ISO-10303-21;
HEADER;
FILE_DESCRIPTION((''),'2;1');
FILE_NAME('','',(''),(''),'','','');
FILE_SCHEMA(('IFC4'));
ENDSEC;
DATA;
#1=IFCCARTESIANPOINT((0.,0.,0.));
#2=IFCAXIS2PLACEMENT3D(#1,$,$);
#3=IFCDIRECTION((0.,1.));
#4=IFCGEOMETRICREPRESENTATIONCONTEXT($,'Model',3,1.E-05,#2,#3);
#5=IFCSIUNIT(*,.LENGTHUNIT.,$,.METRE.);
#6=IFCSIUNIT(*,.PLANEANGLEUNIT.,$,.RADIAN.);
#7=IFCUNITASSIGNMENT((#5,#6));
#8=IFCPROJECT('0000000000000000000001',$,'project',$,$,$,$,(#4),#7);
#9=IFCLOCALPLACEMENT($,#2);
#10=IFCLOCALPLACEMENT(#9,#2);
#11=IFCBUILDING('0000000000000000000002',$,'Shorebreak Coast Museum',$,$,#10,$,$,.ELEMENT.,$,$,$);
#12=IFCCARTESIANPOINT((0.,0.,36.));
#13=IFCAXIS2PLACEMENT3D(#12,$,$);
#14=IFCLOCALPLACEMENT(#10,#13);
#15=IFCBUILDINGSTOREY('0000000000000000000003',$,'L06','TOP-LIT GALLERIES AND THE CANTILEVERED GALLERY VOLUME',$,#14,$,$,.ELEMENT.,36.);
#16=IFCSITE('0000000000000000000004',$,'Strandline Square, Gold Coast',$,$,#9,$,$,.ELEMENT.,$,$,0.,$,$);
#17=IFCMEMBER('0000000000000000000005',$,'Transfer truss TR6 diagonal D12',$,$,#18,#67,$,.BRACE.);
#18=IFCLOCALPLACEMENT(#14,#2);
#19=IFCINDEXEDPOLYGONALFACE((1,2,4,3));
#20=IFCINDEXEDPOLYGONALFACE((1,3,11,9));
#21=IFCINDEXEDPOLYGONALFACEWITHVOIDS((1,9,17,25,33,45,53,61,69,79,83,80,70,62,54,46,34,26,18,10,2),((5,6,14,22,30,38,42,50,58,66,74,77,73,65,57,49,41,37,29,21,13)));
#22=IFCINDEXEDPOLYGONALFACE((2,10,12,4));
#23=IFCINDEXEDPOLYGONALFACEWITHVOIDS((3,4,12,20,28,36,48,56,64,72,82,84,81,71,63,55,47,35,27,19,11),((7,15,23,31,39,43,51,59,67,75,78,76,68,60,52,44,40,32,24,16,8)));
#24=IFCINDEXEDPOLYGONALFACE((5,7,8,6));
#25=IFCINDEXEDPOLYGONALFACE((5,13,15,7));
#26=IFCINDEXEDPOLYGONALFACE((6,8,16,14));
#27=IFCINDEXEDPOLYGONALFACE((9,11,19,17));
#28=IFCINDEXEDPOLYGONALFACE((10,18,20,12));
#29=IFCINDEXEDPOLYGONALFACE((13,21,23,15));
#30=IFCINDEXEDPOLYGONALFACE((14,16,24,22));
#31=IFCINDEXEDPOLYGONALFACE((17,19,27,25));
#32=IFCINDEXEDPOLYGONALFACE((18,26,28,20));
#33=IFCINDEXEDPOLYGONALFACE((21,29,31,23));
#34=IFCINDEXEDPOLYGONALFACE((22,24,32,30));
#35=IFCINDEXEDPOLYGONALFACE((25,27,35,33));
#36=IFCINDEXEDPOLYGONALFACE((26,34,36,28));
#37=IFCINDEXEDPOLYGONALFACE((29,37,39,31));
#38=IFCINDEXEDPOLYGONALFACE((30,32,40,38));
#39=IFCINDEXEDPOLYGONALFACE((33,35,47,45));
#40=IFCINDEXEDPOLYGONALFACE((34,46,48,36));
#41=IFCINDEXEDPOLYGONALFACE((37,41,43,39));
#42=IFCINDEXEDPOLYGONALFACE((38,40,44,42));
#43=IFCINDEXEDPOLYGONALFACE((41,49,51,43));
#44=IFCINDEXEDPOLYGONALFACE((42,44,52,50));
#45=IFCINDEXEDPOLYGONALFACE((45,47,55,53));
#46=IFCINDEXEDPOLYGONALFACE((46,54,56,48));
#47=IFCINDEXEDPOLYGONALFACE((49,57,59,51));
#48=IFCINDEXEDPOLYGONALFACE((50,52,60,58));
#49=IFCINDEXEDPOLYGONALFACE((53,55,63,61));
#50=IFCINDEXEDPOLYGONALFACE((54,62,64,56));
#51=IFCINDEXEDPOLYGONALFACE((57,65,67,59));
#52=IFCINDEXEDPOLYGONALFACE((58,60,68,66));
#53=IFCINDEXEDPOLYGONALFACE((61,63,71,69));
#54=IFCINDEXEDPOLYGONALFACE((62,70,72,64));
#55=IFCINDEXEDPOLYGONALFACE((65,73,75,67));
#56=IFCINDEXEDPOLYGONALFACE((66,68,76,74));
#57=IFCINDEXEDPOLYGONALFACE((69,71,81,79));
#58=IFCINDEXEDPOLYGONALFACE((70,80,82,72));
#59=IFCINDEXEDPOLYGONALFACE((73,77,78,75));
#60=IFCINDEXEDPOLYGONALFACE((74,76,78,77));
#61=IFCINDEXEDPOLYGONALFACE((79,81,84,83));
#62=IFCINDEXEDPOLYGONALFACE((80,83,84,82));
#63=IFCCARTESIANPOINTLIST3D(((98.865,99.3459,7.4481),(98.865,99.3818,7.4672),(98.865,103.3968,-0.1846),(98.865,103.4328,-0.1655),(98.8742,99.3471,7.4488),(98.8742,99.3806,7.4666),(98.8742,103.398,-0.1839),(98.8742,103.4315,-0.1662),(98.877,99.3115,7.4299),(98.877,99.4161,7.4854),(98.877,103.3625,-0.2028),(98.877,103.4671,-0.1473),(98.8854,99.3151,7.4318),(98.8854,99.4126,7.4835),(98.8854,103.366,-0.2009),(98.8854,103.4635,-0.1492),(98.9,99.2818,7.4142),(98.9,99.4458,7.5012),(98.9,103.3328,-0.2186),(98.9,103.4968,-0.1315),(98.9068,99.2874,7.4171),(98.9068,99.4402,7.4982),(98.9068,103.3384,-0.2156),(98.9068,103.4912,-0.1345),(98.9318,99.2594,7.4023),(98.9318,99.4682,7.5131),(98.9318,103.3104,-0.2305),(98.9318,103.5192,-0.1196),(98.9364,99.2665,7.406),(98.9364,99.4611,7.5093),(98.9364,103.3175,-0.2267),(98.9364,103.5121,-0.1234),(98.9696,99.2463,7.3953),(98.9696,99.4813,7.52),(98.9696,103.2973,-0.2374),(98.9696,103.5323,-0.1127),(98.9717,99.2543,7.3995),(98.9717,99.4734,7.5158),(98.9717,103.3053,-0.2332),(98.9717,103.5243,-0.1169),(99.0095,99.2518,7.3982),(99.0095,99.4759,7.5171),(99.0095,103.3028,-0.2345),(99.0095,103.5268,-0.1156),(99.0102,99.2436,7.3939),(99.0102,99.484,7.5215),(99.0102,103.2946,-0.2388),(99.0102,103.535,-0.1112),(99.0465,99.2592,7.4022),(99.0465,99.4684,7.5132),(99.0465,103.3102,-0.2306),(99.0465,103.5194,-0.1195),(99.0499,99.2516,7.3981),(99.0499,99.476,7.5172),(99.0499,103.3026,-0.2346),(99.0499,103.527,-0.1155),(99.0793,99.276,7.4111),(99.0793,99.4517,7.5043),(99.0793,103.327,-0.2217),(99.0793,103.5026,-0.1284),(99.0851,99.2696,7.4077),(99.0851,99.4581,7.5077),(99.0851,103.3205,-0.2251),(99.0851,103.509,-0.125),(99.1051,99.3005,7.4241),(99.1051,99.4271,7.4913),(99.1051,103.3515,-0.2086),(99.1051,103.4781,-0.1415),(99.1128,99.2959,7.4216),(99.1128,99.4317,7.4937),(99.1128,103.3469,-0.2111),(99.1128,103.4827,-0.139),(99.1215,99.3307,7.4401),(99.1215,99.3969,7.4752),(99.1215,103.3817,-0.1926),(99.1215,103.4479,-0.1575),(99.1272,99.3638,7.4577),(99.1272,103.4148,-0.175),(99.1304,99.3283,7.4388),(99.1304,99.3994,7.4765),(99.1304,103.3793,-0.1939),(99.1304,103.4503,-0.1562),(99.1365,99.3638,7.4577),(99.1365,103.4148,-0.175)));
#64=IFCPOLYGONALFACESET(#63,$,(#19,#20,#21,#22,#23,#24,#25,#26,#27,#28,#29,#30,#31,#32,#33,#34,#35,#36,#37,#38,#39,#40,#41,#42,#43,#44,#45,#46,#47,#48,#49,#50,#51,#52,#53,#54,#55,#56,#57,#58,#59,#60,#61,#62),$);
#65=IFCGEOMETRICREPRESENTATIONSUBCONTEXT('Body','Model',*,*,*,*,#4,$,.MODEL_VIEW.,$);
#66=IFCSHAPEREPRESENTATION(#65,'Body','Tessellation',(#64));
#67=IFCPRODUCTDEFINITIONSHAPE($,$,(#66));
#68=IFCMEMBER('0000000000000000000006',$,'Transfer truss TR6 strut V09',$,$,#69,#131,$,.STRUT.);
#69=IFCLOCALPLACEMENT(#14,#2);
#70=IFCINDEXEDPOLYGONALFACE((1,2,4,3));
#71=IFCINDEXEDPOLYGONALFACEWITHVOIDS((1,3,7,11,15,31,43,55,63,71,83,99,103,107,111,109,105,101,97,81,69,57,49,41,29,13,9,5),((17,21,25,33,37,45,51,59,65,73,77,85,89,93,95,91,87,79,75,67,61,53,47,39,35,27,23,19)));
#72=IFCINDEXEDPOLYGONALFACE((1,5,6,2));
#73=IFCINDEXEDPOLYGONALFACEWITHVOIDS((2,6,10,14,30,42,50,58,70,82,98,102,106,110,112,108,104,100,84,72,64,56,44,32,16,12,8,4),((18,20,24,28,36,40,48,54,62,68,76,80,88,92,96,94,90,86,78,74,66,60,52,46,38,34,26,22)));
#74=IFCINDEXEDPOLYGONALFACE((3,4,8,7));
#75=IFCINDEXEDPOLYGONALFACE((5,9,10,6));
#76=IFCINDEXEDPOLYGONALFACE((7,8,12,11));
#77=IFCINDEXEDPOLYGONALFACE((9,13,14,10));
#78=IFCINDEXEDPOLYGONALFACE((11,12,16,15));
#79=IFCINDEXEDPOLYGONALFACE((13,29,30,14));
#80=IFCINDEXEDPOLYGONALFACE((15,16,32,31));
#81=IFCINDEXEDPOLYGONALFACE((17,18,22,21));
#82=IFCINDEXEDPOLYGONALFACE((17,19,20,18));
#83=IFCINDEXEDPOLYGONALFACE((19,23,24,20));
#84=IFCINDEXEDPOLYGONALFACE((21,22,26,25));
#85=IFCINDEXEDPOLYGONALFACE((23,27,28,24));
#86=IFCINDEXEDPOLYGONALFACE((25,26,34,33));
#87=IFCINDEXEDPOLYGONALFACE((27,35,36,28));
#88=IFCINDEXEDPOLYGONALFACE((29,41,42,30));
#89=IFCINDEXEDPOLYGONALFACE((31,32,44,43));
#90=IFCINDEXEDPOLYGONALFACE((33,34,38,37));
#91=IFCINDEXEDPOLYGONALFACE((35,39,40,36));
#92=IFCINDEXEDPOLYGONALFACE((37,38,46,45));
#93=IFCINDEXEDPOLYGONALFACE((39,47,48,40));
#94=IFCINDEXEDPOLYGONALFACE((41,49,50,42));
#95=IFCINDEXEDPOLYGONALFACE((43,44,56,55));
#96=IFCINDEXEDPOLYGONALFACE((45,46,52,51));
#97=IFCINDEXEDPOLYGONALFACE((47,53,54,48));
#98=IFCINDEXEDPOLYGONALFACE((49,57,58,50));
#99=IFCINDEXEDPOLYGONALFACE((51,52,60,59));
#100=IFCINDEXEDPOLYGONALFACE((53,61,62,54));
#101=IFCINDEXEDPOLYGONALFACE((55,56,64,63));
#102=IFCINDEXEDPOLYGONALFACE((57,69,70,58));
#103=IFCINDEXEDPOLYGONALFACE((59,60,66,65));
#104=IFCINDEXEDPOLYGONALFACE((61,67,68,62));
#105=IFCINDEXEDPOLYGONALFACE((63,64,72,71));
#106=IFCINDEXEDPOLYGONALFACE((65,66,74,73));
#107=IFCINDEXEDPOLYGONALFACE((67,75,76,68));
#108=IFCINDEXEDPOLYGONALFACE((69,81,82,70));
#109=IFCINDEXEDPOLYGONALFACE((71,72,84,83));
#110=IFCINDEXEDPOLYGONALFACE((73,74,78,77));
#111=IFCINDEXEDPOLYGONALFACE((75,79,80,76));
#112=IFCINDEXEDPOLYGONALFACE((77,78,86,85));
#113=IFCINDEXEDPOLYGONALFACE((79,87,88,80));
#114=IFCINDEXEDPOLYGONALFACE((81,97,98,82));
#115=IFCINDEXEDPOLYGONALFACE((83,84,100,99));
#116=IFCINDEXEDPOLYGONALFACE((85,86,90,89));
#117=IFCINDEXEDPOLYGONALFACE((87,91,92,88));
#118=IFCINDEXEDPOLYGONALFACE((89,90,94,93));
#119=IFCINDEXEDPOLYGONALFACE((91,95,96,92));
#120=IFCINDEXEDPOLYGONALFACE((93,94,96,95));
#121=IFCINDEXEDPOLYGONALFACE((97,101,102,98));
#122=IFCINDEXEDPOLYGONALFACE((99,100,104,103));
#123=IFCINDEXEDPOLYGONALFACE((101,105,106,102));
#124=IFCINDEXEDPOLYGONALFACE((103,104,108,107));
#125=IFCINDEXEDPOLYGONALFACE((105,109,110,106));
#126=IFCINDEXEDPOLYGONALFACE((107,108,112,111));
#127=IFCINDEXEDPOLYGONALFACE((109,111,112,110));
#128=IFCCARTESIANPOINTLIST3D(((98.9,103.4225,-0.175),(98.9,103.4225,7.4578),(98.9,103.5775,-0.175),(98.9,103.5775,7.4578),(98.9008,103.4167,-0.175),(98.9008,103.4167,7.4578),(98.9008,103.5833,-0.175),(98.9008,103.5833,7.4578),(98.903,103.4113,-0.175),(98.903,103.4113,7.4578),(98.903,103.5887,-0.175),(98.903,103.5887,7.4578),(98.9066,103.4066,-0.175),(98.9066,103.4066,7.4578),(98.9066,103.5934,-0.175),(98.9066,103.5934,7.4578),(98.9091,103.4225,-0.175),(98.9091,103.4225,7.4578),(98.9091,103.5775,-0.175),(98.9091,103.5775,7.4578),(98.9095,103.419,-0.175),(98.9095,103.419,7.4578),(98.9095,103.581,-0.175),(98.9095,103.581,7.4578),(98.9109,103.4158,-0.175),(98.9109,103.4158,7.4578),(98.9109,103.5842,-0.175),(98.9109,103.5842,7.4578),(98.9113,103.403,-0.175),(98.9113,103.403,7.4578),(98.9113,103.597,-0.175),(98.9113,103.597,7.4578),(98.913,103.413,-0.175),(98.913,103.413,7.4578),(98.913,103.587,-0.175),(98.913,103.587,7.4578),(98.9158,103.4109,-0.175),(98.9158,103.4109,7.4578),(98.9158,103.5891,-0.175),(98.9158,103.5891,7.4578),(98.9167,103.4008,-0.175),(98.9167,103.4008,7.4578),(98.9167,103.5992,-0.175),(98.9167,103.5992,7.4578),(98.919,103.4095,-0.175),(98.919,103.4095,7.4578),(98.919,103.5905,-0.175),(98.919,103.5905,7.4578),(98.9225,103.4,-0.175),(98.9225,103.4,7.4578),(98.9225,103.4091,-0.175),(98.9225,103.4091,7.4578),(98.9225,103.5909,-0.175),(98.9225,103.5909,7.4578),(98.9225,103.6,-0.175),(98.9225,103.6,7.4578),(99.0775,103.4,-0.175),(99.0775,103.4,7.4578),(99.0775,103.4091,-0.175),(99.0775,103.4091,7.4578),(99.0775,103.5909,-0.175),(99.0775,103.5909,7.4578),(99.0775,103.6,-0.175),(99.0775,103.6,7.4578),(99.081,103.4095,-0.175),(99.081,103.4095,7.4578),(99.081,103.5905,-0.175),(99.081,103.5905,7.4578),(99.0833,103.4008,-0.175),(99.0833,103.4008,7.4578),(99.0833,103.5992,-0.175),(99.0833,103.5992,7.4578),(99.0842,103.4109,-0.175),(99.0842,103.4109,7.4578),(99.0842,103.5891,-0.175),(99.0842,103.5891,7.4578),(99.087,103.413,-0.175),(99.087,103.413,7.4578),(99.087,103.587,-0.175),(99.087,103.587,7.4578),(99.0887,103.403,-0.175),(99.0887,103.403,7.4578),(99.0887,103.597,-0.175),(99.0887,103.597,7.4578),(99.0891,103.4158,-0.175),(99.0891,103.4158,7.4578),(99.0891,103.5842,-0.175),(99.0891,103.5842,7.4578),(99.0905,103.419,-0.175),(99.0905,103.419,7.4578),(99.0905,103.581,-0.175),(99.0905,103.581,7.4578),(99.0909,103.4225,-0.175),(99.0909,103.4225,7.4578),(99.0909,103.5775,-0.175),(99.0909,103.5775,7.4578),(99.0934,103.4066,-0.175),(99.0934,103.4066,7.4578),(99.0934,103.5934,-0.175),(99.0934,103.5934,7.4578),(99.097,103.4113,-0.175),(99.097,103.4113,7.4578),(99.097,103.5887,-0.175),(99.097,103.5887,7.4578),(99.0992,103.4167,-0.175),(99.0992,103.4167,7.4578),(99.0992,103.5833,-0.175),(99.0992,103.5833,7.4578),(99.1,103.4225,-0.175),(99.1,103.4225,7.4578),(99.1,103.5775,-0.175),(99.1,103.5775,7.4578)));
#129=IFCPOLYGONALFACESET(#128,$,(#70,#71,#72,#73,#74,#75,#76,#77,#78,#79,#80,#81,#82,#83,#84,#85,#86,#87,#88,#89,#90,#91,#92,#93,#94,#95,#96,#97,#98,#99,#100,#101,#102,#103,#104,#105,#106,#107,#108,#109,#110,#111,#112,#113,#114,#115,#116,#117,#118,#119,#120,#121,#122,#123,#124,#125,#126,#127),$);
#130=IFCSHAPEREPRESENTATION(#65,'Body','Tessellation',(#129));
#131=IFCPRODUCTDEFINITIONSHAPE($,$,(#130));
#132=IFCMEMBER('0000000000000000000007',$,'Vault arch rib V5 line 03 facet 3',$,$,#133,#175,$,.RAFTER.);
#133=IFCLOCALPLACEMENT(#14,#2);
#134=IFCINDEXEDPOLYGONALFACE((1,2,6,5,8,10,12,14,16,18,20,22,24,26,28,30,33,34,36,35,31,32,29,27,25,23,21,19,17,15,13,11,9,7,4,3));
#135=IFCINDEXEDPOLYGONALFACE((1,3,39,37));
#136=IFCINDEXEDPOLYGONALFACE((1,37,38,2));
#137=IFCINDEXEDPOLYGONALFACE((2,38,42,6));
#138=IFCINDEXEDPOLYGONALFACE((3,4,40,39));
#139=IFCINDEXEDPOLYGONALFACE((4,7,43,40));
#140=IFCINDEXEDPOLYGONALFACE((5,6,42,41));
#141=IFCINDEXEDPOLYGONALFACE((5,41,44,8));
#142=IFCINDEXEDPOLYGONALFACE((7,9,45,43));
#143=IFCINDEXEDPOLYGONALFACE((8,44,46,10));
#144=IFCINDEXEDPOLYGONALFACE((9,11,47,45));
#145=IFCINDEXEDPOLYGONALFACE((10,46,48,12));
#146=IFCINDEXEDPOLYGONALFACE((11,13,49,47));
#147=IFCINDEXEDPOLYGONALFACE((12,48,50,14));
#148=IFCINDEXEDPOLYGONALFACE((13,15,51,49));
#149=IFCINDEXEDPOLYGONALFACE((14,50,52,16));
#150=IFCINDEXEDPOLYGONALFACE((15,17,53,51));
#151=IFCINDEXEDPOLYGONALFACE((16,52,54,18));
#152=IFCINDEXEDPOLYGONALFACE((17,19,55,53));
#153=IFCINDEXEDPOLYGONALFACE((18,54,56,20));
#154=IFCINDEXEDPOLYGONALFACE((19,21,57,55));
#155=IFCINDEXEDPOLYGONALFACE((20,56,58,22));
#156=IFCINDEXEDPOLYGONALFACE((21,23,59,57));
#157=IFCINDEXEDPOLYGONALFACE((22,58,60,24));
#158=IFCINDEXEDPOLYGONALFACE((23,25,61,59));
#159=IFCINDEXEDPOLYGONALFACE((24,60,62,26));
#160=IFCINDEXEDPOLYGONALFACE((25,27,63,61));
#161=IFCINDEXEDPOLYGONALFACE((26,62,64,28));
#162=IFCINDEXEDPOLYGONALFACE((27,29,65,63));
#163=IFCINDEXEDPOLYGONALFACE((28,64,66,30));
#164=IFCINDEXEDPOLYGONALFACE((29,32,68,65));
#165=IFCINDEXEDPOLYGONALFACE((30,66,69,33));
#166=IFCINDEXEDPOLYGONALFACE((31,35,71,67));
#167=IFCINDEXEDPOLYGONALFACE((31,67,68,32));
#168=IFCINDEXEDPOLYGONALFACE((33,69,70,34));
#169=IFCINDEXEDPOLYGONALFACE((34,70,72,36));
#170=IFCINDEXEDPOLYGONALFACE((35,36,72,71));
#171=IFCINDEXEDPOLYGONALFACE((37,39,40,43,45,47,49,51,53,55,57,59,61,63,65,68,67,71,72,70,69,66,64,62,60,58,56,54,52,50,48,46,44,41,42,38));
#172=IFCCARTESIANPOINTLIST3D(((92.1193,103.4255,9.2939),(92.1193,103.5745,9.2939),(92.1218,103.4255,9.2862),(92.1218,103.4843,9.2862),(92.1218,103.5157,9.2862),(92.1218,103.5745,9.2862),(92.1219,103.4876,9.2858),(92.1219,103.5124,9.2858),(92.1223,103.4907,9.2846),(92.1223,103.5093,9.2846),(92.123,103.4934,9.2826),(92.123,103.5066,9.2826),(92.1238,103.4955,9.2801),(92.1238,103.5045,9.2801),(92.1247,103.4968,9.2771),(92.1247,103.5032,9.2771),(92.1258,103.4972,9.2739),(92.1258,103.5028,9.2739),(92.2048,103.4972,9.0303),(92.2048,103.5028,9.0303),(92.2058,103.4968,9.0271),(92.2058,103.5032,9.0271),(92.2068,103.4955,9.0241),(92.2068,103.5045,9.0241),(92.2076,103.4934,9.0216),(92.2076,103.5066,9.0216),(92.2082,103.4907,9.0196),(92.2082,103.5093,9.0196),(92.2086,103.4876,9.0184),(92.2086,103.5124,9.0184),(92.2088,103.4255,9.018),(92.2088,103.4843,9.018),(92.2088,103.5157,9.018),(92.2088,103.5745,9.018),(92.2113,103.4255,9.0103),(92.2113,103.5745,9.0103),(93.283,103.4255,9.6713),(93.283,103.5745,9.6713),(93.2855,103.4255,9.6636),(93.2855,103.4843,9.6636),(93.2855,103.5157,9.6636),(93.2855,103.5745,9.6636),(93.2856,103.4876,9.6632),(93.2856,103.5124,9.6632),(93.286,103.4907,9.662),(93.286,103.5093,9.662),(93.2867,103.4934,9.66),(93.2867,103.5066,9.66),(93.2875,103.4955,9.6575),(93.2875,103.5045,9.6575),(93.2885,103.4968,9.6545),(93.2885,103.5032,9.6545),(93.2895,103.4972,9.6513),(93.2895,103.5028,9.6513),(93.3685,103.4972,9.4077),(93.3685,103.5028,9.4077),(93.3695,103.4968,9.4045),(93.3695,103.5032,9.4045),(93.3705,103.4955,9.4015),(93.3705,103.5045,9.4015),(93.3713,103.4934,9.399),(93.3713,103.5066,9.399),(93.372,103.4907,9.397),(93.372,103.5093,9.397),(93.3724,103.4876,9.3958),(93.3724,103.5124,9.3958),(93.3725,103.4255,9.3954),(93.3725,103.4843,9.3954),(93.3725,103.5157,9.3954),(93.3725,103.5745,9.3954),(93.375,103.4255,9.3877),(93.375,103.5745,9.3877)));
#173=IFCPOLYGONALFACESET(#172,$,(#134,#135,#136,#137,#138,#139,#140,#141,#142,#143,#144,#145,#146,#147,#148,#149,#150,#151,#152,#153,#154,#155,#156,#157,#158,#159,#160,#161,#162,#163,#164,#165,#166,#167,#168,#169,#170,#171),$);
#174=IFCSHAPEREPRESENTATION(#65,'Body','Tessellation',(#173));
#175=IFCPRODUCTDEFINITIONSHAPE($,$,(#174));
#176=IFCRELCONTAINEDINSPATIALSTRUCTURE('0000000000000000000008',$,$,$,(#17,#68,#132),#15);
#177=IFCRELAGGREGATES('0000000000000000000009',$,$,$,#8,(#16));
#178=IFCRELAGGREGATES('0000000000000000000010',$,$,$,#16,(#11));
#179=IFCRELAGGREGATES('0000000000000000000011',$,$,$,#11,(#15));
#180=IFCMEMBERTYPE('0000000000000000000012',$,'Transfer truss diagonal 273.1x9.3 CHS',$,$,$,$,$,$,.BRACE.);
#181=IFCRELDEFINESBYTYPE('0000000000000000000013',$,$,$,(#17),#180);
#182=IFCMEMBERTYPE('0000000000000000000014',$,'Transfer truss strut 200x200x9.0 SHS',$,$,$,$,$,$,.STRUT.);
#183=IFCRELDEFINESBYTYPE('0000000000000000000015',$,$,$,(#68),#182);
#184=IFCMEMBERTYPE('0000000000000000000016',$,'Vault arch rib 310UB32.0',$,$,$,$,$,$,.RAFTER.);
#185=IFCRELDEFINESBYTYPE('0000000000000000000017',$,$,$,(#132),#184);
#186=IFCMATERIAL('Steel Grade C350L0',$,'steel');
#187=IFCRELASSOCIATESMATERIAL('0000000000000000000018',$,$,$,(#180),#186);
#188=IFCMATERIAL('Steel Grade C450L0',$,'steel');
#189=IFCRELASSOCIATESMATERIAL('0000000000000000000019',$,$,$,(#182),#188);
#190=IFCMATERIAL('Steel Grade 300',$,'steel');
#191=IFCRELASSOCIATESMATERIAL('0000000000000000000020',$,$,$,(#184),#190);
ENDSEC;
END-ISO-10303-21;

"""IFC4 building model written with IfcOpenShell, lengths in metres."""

from ifc_helpers import new_model, si_unit, direction, frame, origin, origin_2d, place, context, subcontext, project, spatial, hollow_rectangle, hollow_circle, i_section, extrude, material, material_profile, profile_set, type_object, element, save


model = new_model("IFC4")

# Units and contexts
model_context = context("Model", 3, precision=1e-05, world=origin(), true_north=direction((0.0, 1.0)))
body_context = subcontext(model_context, "Body", "Model", "MODEL_VIEW")
ifc_project = project(units=[si_unit("LENGTHUNIT", "METRE"), si_unit("PLANEANGLEUNIT", "RADIAN")], contexts=[model_context])

# Site, building, storey
site_placement = place(None, origin())
site = spatial("IfcSite", under=ifc_project, at=site_placement, Name="Strandline Square, Gold Coast", CompositionType="ELEMENT", RefElevation=0.0)
building_placement = place(site_placement, origin())
building = spatial("IfcBuilding", under=site, at=building_placement, Name="Shorebreak Coast Museum", CompositionType="ELEMENT")
storey_placement = place(building_placement, frame((0.0, 0.0, 36.0)))
storey = spatial("IfcBuildingStorey", under=building, at=storey_placement, Name="L06", Description="TOP-LIT GALLERIES AND THE CANTILEVERED GALLERY VOLUME", CompositionType="ELEMENT", Elevation=36.0)

# Members
ifc_material_1 = material(Name="Steel Grade C350L0", Category="steel")
ifc_material_profile_1 = material_profile(ifc_material_1, hollow_circle(Radius=0.1365, WallThickness=0.0093, at=origin_2d()), Name="273.1x9.3 CHS")
ifc_profile_set_1 = profile_set([ifc_material_profile_1], Name="Steel Grade C350L0")
member_type_1 = type_object("IfcMemberType", Name="Transfer truss diagonal 273.1x9.3 CHS", PredefinedType="BRACE", material=ifc_profile_set_1)
member_1_placement = place(storey_placement, frame((99.0, 103.4148, -0.175), z_axis=(0.0, -0.468803, 0.883303), x_axis=(1.0, 0.0, 0.0)))
element("IfcMember", 1, at=member_1_placement, inside=storey, type_object=member_type_1, Name="Transfer truss TR6 diagonal D12", PredefinedType="BRACE", context=body_context, shape_type="SweptSolid", body=[
    extrude(hollow_circle(Radius=0.1365, WallThickness=0.0093, at=origin_2d()), origin(), (0.0, 0.0, 1.0), 8.6411),
])
ifc_material_2 = material(Name="Steel Grade C450L0", Category="steel")
ifc_material_profile_2 = material_profile(ifc_material_2, hollow_rectangle(XDim=0.2, YDim=0.2, WallThickness=0.009, InnerFilletRadius=0.0134, OuterFilletRadius=0.0225, at=origin_2d()), Name="200x200x9.0 SHS")
ifc_profile_set_2 = profile_set([ifc_material_profile_2], Name="Steel Grade C450L0")
member_type_2 = type_object("IfcMemberType", Name="Transfer truss strut 200x200x9.0 SHS", PredefinedType="STRUT", material=ifc_profile_set_2)
member_2_placement = place(storey_placement, frame((99.0, 103.5, -0.175), z_axis=(0.0, 0.0, 1.0), x_axis=(1.0, 0.0, 0.0)))
element("IfcMember", 2, at=member_2_placement, inside=storey, type_object=member_type_2, Name="Transfer truss TR6 strut V09", PredefinedType="STRUT", context=body_context, shape_type="SweptSolid", body=[
    extrude(hollow_rectangle(XDim=0.2, YDim=0.2, WallThickness=0.009, InnerFilletRadius=0.0134, OuterFilletRadius=0.0225, at=origin_2d()), origin(), (0.0, 0.0, 1.0), 7.6328),
])
ifc_material_3 = material(Name="Steel Grade 300", Category="steel")
ifc_material_profile_3 = material_profile(ifc_material_3, i_section(OverallWidth=0.1489, OverallDepth=0.2981, WebThickness=0.0056, FlangeThickness=0.0081, FilletRadius=0.0129, at=origin_2d()), Name="310UB32.0")
ifc_profile_set_3 = profile_set([ifc_material_profile_3], Name="Steel Grade 300")
member_type_3 = type_object("IfcMemberType", Name="Vault arch rib 310UB32.0", PredefinedType="RAFTER", material=ifc_profile_set_3)
for number, where, z_axis, x_axis, name in (
    (3, (92.1653, 103.5, 9.1521), (0.951226, 0.0, 0.308495), (0.0, 1.0, 0.0), "Vault arch rib V5 line 03 facet 3"),
):
    element("IfcMember", number, at=place(storey_placement, frame(where, z_axis=z_axis, x_axis=x_axis)), inside=storey, type_object=member_type_3, Name=name, PredefinedType="RAFTER", context=body_context, shape_type="SweptSolid", body=[
        extrude(i_section(OverallWidth=0.1489, OverallDepth=0.2981, WebThickness=0.0056, FlangeThickness=0.0081, FilletRadius=0.0129, at=origin_2d()), origin(), (0.0, 0.0, 1.0), 1.2234),
    ])

save(model, "model.ifc")
